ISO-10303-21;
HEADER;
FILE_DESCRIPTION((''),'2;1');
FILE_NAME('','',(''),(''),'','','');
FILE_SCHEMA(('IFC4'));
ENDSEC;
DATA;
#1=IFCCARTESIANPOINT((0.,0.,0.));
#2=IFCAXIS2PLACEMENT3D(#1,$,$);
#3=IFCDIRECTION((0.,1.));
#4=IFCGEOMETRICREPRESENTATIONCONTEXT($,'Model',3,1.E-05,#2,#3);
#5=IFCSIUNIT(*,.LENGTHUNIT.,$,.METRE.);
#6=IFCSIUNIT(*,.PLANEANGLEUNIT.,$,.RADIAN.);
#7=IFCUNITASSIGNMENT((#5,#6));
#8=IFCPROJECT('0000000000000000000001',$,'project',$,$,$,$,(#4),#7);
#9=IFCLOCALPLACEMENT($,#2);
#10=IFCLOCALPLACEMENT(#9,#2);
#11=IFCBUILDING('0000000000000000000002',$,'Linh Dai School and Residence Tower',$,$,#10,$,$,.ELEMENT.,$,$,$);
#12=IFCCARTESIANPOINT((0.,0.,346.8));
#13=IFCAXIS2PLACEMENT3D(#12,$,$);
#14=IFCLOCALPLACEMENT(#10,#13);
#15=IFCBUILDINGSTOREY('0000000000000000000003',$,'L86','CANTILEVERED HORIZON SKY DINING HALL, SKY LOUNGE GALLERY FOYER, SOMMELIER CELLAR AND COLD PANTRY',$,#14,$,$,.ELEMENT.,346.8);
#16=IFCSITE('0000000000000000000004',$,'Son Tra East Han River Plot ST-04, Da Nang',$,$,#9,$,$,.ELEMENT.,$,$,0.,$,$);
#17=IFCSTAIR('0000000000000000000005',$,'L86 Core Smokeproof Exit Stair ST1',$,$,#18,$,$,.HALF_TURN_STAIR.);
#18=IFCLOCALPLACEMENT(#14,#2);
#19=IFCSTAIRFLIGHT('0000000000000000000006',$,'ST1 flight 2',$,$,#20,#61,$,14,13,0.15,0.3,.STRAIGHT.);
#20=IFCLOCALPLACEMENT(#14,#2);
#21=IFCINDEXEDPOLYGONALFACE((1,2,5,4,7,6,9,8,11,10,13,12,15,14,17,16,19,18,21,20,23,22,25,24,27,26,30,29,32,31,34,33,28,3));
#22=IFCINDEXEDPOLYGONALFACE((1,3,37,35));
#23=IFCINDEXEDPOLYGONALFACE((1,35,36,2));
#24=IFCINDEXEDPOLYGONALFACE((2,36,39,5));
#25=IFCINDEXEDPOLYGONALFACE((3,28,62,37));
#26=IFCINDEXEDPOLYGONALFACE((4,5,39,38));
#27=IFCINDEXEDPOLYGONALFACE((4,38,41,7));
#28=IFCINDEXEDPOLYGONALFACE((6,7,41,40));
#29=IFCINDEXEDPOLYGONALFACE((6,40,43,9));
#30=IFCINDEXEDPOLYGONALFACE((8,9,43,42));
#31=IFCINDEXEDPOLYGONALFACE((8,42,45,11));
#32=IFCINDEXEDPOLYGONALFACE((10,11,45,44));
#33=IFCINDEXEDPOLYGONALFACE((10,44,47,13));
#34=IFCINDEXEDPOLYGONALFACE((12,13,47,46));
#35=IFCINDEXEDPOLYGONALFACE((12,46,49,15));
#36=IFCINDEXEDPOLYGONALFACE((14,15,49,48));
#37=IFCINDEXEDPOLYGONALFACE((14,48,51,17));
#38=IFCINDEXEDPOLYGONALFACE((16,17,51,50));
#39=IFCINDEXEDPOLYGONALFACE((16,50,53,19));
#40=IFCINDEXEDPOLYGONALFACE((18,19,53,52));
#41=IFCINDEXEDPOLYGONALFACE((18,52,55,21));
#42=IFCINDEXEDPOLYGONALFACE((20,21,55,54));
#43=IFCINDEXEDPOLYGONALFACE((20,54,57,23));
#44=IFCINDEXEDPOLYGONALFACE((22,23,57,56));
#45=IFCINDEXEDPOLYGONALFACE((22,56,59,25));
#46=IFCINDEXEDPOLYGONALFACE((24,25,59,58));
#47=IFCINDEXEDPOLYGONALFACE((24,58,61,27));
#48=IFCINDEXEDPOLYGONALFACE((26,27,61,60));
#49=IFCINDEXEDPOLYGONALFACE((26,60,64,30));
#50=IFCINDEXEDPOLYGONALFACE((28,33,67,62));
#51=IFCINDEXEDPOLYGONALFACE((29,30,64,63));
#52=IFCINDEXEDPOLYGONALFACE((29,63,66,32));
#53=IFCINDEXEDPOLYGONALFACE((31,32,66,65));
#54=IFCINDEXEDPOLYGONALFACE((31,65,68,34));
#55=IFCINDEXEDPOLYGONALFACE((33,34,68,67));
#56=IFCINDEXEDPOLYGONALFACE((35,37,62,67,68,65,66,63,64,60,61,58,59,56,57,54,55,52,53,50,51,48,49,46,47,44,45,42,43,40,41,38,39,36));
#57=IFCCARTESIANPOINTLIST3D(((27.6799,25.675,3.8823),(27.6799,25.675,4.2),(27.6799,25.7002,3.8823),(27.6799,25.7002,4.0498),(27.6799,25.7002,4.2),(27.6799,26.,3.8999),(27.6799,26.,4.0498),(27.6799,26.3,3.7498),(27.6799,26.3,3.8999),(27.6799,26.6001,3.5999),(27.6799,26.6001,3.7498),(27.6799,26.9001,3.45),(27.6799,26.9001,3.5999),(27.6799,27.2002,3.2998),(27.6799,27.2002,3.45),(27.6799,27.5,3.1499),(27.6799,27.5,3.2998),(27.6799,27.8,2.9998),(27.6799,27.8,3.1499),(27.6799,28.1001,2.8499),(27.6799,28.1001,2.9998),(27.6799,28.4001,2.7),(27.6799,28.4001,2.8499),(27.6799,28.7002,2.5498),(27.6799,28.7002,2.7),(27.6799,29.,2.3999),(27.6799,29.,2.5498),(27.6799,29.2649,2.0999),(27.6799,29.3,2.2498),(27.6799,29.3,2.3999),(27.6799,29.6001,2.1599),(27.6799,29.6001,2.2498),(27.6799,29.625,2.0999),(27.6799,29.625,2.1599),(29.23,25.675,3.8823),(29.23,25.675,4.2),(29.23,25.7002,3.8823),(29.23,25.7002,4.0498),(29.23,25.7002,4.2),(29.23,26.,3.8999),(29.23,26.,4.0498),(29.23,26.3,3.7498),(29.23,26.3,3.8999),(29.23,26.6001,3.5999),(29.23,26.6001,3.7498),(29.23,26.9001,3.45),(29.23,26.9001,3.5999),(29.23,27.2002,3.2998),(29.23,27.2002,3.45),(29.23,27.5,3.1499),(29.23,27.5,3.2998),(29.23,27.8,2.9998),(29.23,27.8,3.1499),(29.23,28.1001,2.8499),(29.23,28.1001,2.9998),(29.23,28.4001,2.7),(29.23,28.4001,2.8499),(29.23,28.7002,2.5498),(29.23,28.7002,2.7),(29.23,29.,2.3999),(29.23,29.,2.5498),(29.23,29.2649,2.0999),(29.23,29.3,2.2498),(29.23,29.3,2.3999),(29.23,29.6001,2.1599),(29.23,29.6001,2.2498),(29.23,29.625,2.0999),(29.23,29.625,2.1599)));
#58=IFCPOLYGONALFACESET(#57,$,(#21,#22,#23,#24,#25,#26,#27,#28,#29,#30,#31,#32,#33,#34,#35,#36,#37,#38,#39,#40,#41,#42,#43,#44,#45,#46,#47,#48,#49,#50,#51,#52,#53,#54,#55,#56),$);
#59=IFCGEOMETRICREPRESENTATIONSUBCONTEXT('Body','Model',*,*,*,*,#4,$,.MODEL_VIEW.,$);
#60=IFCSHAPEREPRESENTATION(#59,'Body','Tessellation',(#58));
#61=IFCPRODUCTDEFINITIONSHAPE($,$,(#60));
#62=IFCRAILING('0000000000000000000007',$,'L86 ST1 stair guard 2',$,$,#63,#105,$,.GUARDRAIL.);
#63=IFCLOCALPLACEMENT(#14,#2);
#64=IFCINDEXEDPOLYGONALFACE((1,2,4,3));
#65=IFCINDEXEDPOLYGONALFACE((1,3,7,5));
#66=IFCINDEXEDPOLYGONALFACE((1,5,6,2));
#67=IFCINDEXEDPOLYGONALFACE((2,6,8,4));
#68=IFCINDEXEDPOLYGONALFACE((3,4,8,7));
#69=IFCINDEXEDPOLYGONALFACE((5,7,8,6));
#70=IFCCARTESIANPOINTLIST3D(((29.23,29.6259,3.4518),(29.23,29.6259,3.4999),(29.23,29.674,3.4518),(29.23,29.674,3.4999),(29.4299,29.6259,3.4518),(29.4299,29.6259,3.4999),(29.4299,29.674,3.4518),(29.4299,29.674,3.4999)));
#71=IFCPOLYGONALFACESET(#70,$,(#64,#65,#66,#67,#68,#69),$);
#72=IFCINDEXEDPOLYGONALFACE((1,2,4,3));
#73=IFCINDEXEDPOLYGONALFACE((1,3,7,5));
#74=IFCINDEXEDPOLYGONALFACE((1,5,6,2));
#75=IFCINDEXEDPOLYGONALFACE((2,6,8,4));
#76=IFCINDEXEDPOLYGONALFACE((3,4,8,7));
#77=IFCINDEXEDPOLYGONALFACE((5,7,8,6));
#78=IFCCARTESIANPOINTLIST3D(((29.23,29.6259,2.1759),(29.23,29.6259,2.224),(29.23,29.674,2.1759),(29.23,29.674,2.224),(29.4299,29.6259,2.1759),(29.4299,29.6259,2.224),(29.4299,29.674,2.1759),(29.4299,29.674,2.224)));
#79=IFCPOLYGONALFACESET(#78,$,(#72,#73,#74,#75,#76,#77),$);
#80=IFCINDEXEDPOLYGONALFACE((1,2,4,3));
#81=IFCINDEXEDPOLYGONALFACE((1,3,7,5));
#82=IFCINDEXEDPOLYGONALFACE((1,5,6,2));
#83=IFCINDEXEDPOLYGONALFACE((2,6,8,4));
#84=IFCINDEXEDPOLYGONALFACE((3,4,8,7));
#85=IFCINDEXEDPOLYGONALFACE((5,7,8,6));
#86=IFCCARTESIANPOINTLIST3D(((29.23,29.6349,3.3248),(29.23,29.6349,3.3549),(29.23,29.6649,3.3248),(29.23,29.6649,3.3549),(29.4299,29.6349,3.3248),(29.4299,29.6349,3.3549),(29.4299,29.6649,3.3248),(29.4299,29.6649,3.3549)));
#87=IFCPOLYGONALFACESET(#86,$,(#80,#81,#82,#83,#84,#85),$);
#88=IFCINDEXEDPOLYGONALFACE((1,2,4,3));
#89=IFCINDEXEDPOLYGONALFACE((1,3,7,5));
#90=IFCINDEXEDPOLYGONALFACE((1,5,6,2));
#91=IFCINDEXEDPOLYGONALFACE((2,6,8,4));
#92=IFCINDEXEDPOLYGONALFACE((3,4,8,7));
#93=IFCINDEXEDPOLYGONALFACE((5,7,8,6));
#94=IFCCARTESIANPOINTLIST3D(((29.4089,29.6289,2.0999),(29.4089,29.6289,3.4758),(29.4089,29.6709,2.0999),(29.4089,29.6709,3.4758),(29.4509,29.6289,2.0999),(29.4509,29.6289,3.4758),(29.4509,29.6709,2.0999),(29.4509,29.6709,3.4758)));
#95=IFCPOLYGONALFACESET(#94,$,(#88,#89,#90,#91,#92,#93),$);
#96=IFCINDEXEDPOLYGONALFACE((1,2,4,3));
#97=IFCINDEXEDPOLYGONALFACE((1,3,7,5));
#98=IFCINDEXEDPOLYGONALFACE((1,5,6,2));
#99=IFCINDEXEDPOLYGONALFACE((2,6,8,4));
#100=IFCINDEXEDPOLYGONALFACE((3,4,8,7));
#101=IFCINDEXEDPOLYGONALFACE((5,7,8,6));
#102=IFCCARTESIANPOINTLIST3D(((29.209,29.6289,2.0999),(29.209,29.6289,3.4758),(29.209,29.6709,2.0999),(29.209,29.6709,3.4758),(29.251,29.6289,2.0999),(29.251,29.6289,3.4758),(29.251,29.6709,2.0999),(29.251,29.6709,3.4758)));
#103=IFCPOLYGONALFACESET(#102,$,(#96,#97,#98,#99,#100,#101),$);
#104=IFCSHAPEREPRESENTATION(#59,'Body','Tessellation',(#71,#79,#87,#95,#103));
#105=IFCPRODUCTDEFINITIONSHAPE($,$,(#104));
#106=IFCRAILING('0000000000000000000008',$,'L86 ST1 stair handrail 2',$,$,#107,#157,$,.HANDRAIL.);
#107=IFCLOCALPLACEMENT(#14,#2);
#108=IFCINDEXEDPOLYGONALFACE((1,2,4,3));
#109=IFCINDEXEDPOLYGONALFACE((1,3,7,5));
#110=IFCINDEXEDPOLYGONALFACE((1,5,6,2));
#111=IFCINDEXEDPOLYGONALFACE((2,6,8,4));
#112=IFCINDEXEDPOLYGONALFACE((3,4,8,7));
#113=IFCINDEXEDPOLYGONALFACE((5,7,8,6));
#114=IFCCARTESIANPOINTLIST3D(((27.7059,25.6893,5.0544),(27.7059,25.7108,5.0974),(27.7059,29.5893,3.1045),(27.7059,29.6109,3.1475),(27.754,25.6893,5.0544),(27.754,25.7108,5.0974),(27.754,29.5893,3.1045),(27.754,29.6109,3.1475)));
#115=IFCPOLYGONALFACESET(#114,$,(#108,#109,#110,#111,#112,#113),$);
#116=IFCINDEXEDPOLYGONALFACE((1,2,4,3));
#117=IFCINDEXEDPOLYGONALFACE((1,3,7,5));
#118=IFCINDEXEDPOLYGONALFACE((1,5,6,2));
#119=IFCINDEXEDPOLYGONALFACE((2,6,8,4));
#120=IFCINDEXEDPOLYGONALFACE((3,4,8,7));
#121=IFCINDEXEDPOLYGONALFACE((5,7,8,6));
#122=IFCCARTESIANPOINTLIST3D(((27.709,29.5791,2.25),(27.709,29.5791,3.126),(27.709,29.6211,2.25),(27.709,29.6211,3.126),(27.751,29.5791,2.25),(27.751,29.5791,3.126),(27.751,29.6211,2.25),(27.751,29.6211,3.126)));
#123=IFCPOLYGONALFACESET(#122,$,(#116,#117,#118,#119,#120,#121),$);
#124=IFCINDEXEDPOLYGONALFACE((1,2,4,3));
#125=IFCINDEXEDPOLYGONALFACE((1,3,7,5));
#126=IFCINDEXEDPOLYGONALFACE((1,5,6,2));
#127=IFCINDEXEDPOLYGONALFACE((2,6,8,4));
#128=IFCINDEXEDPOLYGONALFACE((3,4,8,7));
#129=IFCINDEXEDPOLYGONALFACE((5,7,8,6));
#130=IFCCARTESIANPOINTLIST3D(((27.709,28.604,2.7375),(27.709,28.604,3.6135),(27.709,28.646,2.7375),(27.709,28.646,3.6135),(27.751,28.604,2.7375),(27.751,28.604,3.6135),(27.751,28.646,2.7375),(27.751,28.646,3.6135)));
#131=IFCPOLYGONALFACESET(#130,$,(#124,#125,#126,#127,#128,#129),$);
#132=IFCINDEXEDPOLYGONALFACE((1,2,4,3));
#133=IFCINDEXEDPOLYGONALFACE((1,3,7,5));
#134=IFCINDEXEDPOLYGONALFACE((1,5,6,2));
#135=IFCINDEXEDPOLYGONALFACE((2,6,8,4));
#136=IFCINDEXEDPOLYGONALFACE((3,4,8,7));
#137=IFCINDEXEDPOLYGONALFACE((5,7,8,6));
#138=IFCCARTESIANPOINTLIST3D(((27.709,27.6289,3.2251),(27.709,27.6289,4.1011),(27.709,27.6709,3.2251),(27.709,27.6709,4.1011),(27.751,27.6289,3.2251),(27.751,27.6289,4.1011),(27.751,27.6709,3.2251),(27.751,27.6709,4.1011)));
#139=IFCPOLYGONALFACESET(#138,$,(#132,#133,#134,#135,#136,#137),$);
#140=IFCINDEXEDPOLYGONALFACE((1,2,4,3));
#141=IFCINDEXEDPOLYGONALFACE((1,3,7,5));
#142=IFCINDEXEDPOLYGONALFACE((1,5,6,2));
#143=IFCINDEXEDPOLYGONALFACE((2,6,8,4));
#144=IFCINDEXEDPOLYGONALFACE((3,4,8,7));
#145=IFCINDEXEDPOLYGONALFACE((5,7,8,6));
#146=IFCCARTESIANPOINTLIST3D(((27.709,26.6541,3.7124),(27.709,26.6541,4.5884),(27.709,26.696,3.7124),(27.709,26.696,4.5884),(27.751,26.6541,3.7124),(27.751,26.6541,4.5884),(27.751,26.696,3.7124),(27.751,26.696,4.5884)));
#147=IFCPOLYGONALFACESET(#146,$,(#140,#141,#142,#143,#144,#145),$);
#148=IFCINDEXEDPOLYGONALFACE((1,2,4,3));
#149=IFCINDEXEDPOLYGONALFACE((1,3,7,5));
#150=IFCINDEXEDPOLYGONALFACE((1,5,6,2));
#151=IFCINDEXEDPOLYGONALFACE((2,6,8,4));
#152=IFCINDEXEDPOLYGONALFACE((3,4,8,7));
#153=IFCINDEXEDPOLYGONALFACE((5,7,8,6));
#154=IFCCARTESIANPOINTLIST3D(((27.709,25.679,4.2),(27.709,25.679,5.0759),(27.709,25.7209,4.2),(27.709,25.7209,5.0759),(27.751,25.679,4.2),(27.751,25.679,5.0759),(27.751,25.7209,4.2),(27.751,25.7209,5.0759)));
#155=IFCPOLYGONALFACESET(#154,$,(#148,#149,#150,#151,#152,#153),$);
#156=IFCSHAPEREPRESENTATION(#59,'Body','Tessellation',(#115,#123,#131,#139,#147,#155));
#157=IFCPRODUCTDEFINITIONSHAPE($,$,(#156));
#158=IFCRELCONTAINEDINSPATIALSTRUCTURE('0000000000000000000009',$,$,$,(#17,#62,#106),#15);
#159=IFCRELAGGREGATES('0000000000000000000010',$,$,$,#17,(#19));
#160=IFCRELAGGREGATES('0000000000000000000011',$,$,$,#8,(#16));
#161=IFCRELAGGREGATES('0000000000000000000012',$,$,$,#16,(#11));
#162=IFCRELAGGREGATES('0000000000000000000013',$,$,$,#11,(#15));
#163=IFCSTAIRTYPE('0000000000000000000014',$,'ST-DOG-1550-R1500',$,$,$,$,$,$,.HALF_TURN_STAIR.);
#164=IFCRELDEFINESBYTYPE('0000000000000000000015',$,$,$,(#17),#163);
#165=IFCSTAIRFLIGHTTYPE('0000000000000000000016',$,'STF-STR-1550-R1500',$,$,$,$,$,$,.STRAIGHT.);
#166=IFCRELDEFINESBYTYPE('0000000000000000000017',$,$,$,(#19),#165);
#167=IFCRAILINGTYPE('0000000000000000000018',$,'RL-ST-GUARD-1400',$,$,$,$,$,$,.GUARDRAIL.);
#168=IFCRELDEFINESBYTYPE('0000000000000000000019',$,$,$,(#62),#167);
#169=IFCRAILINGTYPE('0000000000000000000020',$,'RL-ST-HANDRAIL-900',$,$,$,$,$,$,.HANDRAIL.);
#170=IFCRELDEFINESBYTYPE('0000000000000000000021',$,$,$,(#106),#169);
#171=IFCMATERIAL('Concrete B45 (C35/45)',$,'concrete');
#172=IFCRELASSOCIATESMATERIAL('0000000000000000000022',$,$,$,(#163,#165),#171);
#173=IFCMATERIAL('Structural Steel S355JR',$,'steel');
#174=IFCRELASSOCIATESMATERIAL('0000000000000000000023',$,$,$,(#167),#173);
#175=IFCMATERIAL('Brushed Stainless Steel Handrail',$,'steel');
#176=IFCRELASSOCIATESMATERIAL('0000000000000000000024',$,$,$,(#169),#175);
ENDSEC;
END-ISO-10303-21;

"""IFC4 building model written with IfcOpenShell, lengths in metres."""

from ifc_helpers import new_model, si_unit, direction, frame, origin, origin_2d, place, context, subcontext, project, spatial, polyline, rectangle, outline, extrude, source, transform, mapped, material, type_object, element, aggregate, save


model = new_model("IFC4")

# Units and contexts
model_context = context("Model", 3, precision=1e-05, world=origin(), true_north=direction((0.0, 1.0)))
body_context = subcontext(model_context, "Body", "Model", "MODEL_VIEW")
ifc_project = project(units=[si_unit("LENGTHUNIT", "METRE"), si_unit("PLANEANGLEUNIT", "RADIAN")], contexts=[model_context])

# Site, building, storey
site_placement = place(None, origin())
site = spatial("IfcSite", under=ifc_project, at=site_placement, Name="Son Tra East Han River Plot ST-04, Da Nang", CompositionType="ELEMENT", RefElevation=0.0)
building_placement = place(site_placement, origin())
building = spatial("IfcBuilding", under=site, at=building_placement, Name="Linh Dai School and Residence Tower", CompositionType="ELEMENT")
storey_placement = place(building_placement, frame((0.0, 0.0, 346.8)))
storey = spatial("IfcBuildingStorey", under=building, at=storey_placement, Name="L86", Description="CANTILEVERED HORIZON SKY DINING HALL, SKY LOUNGE GALLERY FOYER, SOMMELIER CELLAR AND COLD PANTRY", CompositionType="ELEMENT", Elevation=346.8)

# Shared definitions
ifc_material_1 = material(Name="Structural Steel S355JR", Category="steel")

# Shared definitions
ifc_material_2 = material(Name="Concrete B45 (C35/45)", Category="concrete")

# Stair, stair flight
stair_type = type_object("IfcStairType", Name="ST-DOG-1550-R1500", PredefinedType="HALF_TURN_STAIR", material=ifc_material_2)
stair_placement = place(storey_placement, origin())
stair = element("IfcStair", 1, at=stair_placement, inside=storey, type_object=stair_type, Name="L86 Core Smokeproof Exit Stair ST1", PredefinedType="HALF_TURN_STAIR")
stair_flight_type = type_object("IfcStairFlightType", Name="STF-STR-1550-R1500", PredefinedType="STRAIGHT", material=ifc_material_2)
shared_shape_1 = source(origin(), body_context, "Body", "SweptSolid", [
    extrude(outline(polyline([(-0.0249, 0.0), (-0.0249, 0.0601), (0.0, 0.0601), (0.0, 0.1499), (0.3, 0.1499), (0.3, 0.3), (0.6001, 0.3), (0.6001, 0.45), (0.8999, 0.45), (0.8999, 0.6001), (1.2, 0.6001), (1.2, 0.75), (1.5, 0.75), (1.5, 0.8999), (1.8, 0.8999), (1.8, 1.05), (2.1001, 1.05), (2.1001, 1.2), (2.3999, 1.2), (2.3999, 1.3501), (2.7, 1.3501), (2.7, 1.5), (3.0, 1.5), (3.0, 1.6499), (3.3, 1.6499), (3.3, 1.8), (3.6001, 1.8), (3.6001, 1.95), (3.8999, 1.95), (3.8999, 2.1001), (3.925, 2.1001), (3.925, 1.7825), (3.8999, 1.7825), (0.3352, 0.0), (-0.0249, 0.0)])), frame((0.0, 0.7749, 0.0), z_axis=(0.0, -1.0, 0.0), x_axis=(1.0, 0.0, 0.0)), (0.0, 0.0, 1.0), 1.55),
])
stair_flight_placement = place(storey_placement, frame((28.4551, 29.6001, 2.0999), z_axis=(0.0, 0.0, 1.0), x_axis=(0.0, -1.0, 0.0)))
stair_flight = element("IfcStairFlight", 2, at=stair_flight_placement, type_object=stair_flight_type, Name="ST1 flight 2", NumberOfRisers=14, NumberOfTreads=13, PredefinedType="STRAIGHT", RiserHeight=0.15, TreadLength=0.3, context=body_context, shape_type="MappedRepresentation", body=[
    mapped(shared_shape_1, transform((0.0, 0.0, 0.0), x_axis=(1.0, 0.0, 0.0), y_axis=(0.0, 1.0, 0.0), z_axis=(0.0, 0.0, 1.0), scale=1.0)),
])
aggregate(stair, [stair_flight])

# Railings
railing_type_1 = type_object("IfcRailingType", Name="RL-ST-GUARD-1400", PredefinedType="GUARDRAIL", material=ifc_material_1)
shared_shape_2 = source(origin(), body_context, "Body", "SweptSolid", [
    extrude(rectangle(XDim=0.0481, YDim=0.0481, at=origin_2d()), frame((0.0, 0.0, 1.376), z_axis=(-1.0, 0.0, 0.0), x_axis=(0.0, -1.0, 0.0)), (0.0, 0.0, 1.0), 0.2),
    extrude(rectangle(XDim=0.0481, YDim=0.0481, at=origin_2d()), frame((0.0, 0.0, 0.1001), z_axis=(-1.0, 0.0, 0.0), x_axis=(0.0, -1.0, 0.0)), (0.0, 0.0, 1.0), 0.2),
    extrude(rectangle(XDim=0.03, YDim=0.03, at=origin_2d()), frame((0.0, 0.0, 1.24), z_axis=(-1.0, 0.0, 0.0), x_axis=(0.0, -1.0, 0.0)), (0.0, 0.0, 1.0), 0.2),
    extrude(rectangle(XDim=0.042, YDim=0.042, at=origin_2d()), origin(), (0.0, 0.0, 1.0), 1.376),
    extrude(rectangle(XDim=0.042, YDim=0.042, at=origin_2d()), frame((-0.2, 0.0, 0.0)), (0.0, 0.0, 1.0), 1.376),
])
railing_1_placement = place(storey_placement, frame((29.4299, 29.6499, 2.0999)))
element("IfcRailing", 3, at=railing_1_placement, inside=storey, type_object=railing_type_1, Name="L86 ST1 stair guard 2", PredefinedType="GUARDRAIL", context=body_context, shape_type="MappedRepresentation", body=[
    mapped(shared_shape_2, transform((0.0, 0.0, 0.0), x_axis=(1.0, 0.0, 0.0), y_axis=(0.0, 1.0, 0.0), z_axis=(0.0, 0.0, 1.0), scale=1.0)),
])
ifc_material_3 = material(Name="Brushed Stainless Steel Handrail", Category="steel")
railing_type_2 = type_object("IfcRailingType", Name="RL-ST-HANDRAIL-900", PredefinedType="HANDRAIL", material=ifc_material_3)
shared_shape_3 = source(origin(), body_context, "Body", "SweptSolid", [
    extrude(rectangle(XDim=0.0481, YDim=0.0481, at=origin_2d()), frame((0.0, 0.0, 0.876), z_axis=(0.0, -0.894438, 0.447191), x_axis=(1.0, 0.0, 0.0)), (0.0, 0.0, 1.0), 4.3604),
    extrude(rectangle(XDim=0.042, YDim=0.042, at=origin_2d()), origin(), (0.0, 0.0, 1.0), 0.876),
    extrude(rectangle(XDim=0.042, YDim=0.042, at=origin_2d()), frame((0.0, -0.9751, 0.4875)), (0.0, 0.0, 1.0), 0.876),
    extrude(rectangle(XDim=0.042, YDim=0.042, at=origin_2d()), frame((0.0, -1.9502, 0.9751)), (0.0, 0.0, 1.0), 0.876),
    extrude(rectangle(XDim=0.042, YDim=0.042, at=origin_2d()), frame((0.0, -2.925, 1.4624)), (0.0, 0.0, 1.0), 0.876),
    extrude(rectangle(XDim=0.042, YDim=0.042, at=origin_2d()), frame((0.0, -3.9001, 1.95)), (0.0, 0.0, 1.0), 0.876),
])
railing_2_placement = place(storey_placement, frame((27.73, 29.6001, 2.25)))
element("IfcRailing", 4, at=railing_2_placement, inside=storey, type_object=railing_type_2, Name="L86 ST1 stair handrail 2", PredefinedType="HANDRAIL", context=body_context, shape_type="MappedRepresentation", body=[
    mapped(shared_shape_3, transform((0.0, 0.0, 0.0), x_axis=(1.0, 0.0, 0.0), y_axis=(0.0, 1.0, 0.0), z_axis=(0.0, 0.0, 1.0), scale=1.0)),
])

save(model, "model.ifc")
